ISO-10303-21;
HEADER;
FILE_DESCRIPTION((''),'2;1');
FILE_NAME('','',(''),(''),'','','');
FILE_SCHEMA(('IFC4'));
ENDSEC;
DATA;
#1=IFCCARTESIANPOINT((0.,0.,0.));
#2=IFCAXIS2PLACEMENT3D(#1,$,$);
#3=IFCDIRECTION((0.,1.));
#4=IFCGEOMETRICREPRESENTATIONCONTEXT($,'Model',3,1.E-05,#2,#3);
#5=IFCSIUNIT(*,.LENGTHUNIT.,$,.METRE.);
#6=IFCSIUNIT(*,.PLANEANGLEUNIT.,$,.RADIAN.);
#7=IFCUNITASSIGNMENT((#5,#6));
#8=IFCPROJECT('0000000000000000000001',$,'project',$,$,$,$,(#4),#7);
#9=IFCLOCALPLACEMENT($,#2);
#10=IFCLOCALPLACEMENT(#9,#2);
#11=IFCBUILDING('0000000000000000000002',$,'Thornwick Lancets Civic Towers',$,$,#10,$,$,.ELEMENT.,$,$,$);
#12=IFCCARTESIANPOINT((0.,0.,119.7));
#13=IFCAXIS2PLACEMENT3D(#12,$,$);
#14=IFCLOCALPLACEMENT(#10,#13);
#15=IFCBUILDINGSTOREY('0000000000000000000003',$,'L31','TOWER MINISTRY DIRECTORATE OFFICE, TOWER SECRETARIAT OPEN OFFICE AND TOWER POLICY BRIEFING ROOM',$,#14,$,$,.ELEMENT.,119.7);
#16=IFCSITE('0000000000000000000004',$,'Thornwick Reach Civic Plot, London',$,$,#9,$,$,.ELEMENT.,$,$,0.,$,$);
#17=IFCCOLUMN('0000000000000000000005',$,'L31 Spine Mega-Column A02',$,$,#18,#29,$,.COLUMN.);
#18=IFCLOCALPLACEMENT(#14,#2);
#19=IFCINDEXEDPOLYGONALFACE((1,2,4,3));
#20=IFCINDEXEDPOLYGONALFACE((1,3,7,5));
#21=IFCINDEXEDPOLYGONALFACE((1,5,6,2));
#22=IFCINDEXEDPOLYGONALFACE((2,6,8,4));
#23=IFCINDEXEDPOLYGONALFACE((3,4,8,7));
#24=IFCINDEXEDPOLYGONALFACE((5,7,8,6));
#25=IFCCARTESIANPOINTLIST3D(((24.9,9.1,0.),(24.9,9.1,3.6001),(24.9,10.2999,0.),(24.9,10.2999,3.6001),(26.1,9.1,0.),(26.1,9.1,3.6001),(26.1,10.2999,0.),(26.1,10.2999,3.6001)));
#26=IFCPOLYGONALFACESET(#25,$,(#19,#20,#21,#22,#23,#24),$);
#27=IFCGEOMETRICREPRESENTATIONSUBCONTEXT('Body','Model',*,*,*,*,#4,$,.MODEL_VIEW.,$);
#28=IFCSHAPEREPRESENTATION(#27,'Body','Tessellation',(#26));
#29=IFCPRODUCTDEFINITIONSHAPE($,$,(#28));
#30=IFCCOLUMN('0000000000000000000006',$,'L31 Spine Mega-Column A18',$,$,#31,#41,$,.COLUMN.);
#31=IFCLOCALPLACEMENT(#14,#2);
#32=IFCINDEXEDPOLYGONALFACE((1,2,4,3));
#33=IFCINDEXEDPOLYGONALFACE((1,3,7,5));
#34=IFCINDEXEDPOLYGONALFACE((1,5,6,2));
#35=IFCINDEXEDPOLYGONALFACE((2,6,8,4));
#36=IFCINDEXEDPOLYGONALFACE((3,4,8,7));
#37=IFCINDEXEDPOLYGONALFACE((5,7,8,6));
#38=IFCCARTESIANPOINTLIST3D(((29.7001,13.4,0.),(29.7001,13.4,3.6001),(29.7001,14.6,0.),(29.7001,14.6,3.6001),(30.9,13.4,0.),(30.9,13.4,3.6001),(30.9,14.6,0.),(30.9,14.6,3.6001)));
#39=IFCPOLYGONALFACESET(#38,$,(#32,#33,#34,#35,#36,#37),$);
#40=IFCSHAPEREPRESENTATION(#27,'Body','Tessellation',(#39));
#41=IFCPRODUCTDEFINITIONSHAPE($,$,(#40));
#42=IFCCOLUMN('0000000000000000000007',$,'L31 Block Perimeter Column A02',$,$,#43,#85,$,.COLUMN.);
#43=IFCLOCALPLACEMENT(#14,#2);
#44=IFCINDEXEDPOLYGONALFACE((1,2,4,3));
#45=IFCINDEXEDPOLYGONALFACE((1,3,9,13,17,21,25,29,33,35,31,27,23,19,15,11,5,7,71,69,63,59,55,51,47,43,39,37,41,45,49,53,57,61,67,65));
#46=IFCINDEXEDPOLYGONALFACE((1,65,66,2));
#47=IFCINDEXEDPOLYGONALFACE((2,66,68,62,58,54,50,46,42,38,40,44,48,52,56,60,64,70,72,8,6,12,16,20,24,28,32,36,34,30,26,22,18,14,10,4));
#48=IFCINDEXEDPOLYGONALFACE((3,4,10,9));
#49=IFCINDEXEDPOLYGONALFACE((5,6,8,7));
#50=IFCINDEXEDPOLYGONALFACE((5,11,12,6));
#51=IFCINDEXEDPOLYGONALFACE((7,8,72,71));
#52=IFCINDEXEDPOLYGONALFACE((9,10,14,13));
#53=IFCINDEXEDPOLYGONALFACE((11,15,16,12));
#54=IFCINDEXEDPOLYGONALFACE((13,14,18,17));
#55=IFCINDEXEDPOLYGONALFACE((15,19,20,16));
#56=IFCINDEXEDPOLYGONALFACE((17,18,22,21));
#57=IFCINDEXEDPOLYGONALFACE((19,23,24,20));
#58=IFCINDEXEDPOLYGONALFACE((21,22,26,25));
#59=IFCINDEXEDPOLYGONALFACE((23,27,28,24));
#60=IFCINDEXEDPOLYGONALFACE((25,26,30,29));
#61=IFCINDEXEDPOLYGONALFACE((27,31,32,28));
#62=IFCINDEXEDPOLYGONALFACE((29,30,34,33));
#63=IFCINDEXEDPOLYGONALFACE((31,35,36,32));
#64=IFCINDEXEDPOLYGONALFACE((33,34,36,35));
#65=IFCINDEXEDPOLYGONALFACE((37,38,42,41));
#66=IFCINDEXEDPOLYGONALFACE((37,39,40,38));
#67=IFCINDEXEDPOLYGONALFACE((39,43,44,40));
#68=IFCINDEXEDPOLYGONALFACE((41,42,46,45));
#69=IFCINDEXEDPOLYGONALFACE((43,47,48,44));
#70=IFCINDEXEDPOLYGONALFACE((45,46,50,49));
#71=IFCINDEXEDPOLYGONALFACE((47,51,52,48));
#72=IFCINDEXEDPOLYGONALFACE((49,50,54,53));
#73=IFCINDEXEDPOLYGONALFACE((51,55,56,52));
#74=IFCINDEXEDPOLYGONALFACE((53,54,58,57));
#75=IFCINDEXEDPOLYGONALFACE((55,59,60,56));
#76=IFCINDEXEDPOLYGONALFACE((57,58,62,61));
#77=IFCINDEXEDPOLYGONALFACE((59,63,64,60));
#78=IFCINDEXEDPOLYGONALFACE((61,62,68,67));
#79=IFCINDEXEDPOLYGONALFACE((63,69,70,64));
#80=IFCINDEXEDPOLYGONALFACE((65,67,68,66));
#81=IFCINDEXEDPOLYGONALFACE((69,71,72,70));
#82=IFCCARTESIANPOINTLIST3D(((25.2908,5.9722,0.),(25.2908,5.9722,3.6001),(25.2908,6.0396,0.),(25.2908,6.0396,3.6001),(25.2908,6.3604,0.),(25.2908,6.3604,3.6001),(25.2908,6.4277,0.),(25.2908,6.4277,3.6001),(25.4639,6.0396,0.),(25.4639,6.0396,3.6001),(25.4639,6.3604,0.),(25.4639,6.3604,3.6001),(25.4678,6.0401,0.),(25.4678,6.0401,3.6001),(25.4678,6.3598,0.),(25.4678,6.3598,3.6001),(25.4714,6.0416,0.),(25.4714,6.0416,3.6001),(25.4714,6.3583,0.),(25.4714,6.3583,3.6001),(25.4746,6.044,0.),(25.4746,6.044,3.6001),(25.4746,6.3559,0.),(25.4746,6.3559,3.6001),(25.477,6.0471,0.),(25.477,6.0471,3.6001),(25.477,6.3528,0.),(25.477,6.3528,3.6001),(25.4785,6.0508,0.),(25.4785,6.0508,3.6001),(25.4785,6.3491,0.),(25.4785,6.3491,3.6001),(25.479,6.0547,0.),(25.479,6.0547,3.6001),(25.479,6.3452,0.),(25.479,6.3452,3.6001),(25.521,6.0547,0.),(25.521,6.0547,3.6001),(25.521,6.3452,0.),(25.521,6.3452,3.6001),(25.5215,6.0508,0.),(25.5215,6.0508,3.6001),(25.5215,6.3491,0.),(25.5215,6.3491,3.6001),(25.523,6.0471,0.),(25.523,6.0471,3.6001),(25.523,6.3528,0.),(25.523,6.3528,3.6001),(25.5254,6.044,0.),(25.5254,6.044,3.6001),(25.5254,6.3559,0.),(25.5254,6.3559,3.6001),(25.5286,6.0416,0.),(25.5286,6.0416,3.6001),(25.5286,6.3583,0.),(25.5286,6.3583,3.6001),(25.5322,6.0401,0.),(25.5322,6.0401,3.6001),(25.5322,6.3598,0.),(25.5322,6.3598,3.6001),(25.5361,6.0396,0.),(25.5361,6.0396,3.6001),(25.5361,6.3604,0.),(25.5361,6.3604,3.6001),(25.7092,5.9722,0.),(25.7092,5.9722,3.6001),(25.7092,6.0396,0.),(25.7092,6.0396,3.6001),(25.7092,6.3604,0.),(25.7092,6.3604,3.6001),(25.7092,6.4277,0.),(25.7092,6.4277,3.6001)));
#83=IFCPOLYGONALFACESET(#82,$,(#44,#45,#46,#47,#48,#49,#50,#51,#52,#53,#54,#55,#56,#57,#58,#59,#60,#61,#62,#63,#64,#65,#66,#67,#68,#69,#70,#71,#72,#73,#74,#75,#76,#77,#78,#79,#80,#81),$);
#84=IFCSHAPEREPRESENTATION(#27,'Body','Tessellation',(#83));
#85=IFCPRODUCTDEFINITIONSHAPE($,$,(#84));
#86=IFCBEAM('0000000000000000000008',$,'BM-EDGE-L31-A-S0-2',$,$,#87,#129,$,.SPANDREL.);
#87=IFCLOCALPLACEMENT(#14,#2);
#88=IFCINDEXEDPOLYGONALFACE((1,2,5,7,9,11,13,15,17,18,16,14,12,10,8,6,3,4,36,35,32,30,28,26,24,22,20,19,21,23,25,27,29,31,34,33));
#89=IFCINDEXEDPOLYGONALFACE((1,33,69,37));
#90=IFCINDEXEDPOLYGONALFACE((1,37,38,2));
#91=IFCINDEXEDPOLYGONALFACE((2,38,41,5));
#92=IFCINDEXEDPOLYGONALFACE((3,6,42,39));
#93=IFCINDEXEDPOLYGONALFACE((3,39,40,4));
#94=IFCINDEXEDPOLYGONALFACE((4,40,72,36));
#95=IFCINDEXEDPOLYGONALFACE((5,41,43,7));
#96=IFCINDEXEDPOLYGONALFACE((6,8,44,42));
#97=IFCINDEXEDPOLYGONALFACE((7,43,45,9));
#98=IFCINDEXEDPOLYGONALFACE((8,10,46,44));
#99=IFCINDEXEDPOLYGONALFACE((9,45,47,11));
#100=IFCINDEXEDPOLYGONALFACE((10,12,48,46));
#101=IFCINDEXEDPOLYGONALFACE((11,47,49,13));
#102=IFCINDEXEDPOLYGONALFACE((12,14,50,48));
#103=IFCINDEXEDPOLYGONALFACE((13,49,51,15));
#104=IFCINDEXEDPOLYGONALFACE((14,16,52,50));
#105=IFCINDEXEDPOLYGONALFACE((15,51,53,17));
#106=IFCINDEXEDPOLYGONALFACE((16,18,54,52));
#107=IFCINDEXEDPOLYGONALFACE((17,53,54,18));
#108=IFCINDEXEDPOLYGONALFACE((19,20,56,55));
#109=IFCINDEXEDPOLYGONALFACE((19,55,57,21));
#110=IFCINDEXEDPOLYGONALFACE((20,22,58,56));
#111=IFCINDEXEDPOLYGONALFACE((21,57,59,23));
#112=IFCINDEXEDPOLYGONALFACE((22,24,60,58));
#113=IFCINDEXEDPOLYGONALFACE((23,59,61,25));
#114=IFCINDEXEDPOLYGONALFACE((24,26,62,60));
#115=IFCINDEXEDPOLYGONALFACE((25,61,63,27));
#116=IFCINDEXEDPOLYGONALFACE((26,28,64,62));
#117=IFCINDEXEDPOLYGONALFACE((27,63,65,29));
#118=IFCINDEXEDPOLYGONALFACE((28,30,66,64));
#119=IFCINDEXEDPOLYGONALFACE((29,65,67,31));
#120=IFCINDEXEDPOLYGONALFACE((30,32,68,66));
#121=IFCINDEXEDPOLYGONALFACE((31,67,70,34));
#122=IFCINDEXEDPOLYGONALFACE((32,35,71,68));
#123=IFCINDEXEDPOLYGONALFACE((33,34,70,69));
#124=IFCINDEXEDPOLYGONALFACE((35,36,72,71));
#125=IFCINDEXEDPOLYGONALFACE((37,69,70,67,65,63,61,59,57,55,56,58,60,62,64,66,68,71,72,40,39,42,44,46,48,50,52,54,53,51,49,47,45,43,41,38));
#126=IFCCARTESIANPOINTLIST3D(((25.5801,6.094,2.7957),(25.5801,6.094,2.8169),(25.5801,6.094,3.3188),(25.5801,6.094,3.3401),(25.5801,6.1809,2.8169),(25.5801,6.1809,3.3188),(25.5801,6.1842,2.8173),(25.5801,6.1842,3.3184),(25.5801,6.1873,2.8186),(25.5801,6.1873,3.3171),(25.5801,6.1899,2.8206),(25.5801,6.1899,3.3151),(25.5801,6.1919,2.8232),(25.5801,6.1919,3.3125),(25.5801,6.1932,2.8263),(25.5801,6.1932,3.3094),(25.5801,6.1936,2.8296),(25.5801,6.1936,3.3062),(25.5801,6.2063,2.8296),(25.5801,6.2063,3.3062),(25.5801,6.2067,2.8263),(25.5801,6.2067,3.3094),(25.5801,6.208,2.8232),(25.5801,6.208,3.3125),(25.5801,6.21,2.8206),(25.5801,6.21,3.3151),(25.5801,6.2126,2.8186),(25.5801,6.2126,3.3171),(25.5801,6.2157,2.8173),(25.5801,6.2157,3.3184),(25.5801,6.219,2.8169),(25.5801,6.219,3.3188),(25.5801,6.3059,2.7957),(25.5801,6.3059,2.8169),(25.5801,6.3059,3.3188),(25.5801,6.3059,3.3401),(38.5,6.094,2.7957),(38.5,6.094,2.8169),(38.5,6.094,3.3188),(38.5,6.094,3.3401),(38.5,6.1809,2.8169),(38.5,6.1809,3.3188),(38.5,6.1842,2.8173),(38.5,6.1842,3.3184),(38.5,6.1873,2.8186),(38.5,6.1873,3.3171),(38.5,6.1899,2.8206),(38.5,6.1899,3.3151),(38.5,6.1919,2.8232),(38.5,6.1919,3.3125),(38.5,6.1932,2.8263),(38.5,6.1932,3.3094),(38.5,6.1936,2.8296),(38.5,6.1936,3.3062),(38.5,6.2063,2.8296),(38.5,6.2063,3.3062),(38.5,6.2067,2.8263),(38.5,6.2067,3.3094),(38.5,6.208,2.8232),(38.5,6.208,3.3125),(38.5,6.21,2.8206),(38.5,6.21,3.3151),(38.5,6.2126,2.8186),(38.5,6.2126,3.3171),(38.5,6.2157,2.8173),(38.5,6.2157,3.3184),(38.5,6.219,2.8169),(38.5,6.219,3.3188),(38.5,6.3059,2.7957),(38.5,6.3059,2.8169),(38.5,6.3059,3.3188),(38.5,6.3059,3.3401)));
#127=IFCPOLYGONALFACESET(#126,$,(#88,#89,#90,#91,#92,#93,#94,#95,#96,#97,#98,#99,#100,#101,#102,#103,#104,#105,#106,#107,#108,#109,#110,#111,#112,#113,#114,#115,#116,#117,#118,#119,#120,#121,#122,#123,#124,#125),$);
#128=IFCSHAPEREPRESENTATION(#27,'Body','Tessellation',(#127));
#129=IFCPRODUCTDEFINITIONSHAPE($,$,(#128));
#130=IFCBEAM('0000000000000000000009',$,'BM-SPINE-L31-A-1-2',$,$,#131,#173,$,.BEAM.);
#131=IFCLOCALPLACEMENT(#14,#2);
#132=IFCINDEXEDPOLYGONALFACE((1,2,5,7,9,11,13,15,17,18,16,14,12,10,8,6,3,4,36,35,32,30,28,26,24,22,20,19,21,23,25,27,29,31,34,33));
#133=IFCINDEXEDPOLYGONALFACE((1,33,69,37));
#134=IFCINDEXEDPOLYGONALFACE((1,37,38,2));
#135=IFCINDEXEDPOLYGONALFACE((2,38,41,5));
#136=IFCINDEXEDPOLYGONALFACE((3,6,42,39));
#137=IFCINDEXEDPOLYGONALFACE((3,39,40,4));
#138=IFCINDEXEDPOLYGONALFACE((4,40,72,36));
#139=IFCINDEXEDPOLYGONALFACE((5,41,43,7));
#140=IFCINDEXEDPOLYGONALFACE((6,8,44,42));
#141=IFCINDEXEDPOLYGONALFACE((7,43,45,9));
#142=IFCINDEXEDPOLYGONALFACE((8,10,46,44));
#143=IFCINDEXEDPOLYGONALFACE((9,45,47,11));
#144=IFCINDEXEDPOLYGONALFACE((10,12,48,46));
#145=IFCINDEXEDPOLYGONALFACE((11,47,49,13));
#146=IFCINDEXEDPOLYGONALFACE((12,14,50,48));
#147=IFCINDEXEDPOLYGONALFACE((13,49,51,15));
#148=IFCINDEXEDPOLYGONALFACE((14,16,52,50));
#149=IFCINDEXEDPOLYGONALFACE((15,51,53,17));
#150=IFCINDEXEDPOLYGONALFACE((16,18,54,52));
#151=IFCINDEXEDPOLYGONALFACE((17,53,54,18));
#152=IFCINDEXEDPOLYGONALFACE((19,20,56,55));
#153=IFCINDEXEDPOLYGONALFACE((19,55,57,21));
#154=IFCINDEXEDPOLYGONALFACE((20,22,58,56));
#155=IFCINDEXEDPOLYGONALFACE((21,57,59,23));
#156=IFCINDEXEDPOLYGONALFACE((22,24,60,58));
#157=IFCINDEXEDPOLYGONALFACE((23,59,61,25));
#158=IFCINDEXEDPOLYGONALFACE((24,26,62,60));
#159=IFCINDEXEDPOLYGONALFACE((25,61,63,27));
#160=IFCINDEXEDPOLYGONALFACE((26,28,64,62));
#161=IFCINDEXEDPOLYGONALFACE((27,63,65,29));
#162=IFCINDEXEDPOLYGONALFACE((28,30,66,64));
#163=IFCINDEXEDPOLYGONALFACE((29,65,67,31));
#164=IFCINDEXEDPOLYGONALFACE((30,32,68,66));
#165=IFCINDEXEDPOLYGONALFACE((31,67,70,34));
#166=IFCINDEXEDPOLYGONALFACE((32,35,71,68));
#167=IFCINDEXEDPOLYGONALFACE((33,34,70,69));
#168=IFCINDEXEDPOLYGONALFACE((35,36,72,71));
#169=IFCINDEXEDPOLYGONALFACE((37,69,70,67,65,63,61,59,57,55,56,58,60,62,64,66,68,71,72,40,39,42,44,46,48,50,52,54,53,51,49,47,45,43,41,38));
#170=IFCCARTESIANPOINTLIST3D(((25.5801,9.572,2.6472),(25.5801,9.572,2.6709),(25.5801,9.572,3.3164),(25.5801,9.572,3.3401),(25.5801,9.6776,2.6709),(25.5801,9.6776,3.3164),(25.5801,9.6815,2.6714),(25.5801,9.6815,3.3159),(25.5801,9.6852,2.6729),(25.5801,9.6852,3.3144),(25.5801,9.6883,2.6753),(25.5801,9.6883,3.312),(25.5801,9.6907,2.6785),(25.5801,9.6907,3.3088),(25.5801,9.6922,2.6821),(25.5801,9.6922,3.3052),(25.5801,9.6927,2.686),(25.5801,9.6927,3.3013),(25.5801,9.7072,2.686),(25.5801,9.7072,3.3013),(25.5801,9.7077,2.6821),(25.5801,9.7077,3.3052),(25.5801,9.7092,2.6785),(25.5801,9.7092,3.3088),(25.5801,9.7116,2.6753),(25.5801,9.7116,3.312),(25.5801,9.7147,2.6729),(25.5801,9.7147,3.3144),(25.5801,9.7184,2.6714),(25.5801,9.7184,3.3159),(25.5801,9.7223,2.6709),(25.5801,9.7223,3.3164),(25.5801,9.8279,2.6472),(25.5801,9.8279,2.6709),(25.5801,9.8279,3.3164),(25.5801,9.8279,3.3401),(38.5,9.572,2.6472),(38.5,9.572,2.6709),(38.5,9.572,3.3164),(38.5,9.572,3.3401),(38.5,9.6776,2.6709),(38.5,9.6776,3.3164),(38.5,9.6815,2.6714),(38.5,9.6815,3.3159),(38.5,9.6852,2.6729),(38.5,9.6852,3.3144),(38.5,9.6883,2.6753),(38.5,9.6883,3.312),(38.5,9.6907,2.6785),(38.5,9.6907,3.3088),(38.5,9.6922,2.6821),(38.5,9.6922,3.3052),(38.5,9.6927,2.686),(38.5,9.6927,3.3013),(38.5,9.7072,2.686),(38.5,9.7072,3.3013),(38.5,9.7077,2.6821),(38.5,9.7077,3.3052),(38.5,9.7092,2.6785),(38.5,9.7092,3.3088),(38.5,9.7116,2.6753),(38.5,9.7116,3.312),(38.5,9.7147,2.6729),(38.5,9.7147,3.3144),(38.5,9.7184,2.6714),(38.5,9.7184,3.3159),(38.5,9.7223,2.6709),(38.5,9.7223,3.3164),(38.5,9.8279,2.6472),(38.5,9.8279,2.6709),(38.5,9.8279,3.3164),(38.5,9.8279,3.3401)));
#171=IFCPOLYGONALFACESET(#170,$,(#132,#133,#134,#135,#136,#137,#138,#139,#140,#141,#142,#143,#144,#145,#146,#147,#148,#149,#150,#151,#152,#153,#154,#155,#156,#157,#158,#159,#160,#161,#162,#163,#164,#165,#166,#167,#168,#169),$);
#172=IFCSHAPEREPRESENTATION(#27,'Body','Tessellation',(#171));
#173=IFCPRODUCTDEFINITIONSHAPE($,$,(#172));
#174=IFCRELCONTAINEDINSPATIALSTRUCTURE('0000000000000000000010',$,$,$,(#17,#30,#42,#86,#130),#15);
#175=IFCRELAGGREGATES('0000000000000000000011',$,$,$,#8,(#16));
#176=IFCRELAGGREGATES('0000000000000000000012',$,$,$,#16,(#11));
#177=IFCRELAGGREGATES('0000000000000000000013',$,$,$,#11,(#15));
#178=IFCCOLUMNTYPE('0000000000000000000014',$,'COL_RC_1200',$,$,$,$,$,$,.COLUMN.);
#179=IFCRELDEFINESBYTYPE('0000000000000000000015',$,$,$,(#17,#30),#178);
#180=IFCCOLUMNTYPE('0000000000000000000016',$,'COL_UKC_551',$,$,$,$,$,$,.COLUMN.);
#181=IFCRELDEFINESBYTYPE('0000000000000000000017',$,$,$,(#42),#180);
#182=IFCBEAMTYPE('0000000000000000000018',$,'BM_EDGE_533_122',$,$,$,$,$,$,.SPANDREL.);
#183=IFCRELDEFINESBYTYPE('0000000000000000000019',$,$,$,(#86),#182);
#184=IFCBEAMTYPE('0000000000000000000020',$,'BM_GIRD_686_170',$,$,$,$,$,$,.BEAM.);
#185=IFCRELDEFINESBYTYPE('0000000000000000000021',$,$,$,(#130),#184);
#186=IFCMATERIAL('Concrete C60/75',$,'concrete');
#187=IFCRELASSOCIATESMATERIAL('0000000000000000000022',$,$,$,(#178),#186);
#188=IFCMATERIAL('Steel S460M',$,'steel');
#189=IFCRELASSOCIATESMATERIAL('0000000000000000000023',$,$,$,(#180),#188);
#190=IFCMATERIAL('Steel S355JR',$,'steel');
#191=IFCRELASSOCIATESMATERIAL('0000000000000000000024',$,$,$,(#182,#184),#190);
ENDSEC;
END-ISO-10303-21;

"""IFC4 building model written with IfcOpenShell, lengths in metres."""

from ifc_helpers import new_model, si_unit, direction, frame, origin, origin_2d, place, context, subcontext, project, spatial, rectangle, i_section, extrude, material, material_profile, profile_set, type_object, element, save


model = new_model("IFC4")

# Units and contexts
model_context = context("Model", 3, precision=1e-05, world=origin(), true_north=direction((0.0, 1.0)))
body_context = subcontext(model_context, "Body", "Model", "MODEL_VIEW")
ifc_project = project(units=[si_unit("LENGTHUNIT", "METRE"), si_unit("PLANEANGLEUNIT", "RADIAN")], contexts=[model_context])

# Site, building, storey
site_placement = place(None, origin())
site = spatial("IfcSite", under=ifc_project, at=site_placement, Name="Thornwick Reach Civic Plot, London", CompositionType="ELEMENT", RefElevation=0.0)
building_placement = place(site_placement, origin())
building = spatial("IfcBuilding", under=site, at=building_placement, Name="Thornwick Lancets Civic Towers", CompositionType="ELEMENT")
storey_placement = place(building_placement, frame((0.0, 0.0, 119.7)))
storey = spatial("IfcBuildingStorey", under=building, at=storey_placement, Name="L31", Description="TOWER MINISTRY DIRECTORATE OFFICE, TOWER SECRETARIAT OPEN OFFICE AND TOWER POLICY BRIEFING ROOM", CompositionType="ELEMENT", Elevation=119.7)

# Columns
ifc_material_1 = material(Name="Concrete C60/75", Category="concrete")
ifc_material_profile_1 = material_profile(ifc_material_1, rectangle(XDim=1.2, YDim=1.2, at=origin_2d()), Name="RC 1200x1200")
ifc_profile_set_1 = profile_set([ifc_material_profile_1], Name="Concrete C60/75")
column_type_1 = type_object("IfcColumnType", Name="COL_RC_1200", PredefinedType="COLUMN", material=ifc_profile_set_1)
for number, where, z_axis, x_axis, name in (
    (1, (25.5, 9.7, 0.0), (0.0, 0.0, 1.0), (1.0, 0.0, 0.0), "L31 Spine Mega-Column A02"),
    (2, (30.3, 14.0, 0.0), (0.0, 0.0, 1.0), (1.0, 0.0, 0.0), "L31 Spine Mega-Column A18"),
):
    element("IfcColumn", number, at=place(storey_placement, frame(where, z_axis=z_axis, x_axis=x_axis)), inside=storey, type_object=column_type_1, Name=name, PredefinedType="COLUMN", context=body_context, shape_type="SweptSolid", body=[
        extrude(rectangle(XDim=1.2, YDim=1.2, at=origin_2d()), origin(), (0.0, 0.0, 1.0), 3.6001),
    ])
ifc_material_2 = material(Name="Steel S460M", Category="steel")
ifc_material_profile_2 = material_profile(ifc_material_2, i_section(OverallWidth=0.4185, OverallDepth=0.4556, WebThickness=0.042, FlangeThickness=0.0674, FilletRadius=0.0151, at=origin_2d()), Name="UKC 356x406x551")
ifc_profile_set_2 = profile_set([ifc_material_profile_2], Name="Steel S460M")
column_type_2 = type_object("IfcColumnType", Name="COL_UKC_551", PredefinedType="COLUMN", material=ifc_profile_set_2)
column_placement = place(storey_placement, frame((25.5, 6.2, 0.0), z_axis=(0.0, 0.0, 1.0), x_axis=(1.0, 0.0, 0.0)))
element("IfcColumn", 3, at=column_placement, inside=storey, type_object=column_type_2, Name="L31 Block Perimeter Column A02", PredefinedType="COLUMN", context=body_context, shape_type="SweptSolid", body=[
    extrude(i_section(OverallWidth=0.4185, OverallDepth=0.4556, WebThickness=0.042, FlangeThickness=0.0674, FilletRadius=0.0151, at=origin_2d()), origin(), (0.0, 0.0, 1.0), 3.6001),
])

# Beams
ifc_material_3 = material(Name="Steel S355JR", Category="steel")
ifc_material_profile_3 = material_profile(ifc_material_3, i_section(OverallWidth=0.2119, OverallDepth=0.5444, WebThickness=0.0127, FlangeThickness=0.0212, FilletRadius=0.0127, at=origin_2d()), Name="UKB 533x210x122")
ifc_profile_set_3 = profile_set([ifc_material_profile_3], Name="Steel S355JR")
beam_type_1 = type_object("IfcBeamType", Name="BM_EDGE_533_122", PredefinedType="SPANDREL", material=ifc_profile_set_3)
beam_1_placement = place(storey_placement, frame((25.5801, 6.2, 3.0679), z_axis=(1.0, 0.0, 0.0), x_axis=(0.0, 1.0, 0.0)))
element("IfcBeam", 4, at=beam_1_placement, inside=storey, type_object=beam_type_1, Name="BM-EDGE-L31-A-S0-2", PredefinedType="SPANDREL", context=body_context, shape_type="SweptSolid", body=[
    extrude(i_section(OverallWidth=0.2119, OverallDepth=0.5444, WebThickness=0.0127, FlangeThickness=0.0212, FilletRadius=0.0127, at=origin_2d()), origin(), (0.0, 0.0, 1.0), 12.9199),
])
ifc_material_profile_4 = material_profile(ifc_material_3, i_section(OverallWidth=0.2559, OverallDepth=0.6929, WebThickness=0.0144, FlangeThickness=0.0237, FilletRadius=0.0151, at=origin_2d()), Name="UKB 686x254x170")
ifc_profile_set_4 = profile_set([ifc_material_profile_4], Name="Steel S355JR")
beam_type_2 = type_object("IfcBeamType", Name="BM_GIRD_686_170", PredefinedType="BEAM", material=ifc_profile_set_4)
beam_2_placement = place(storey_placement, frame((25.5801, 9.7, 2.9937), z_axis=(1.0, 0.0, 0.0), x_axis=(0.0, 1.0, 0.0)))
element("IfcBeam", 5, at=beam_2_placement, inside=storey, type_object=beam_type_2, Name="BM-SPINE-L31-A-1-2", PredefinedType="BEAM", context=body_context, shape_type="SweptSolid", body=[
    extrude(i_section(OverallWidth=0.2559, OverallDepth=0.6929, WebThickness=0.0144, FlangeThickness=0.0237, FilletRadius=0.0151, at=origin_2d()), origin(), (0.0, 0.0, 1.0), 12.9199),
])

save(model, "model.ifc")
